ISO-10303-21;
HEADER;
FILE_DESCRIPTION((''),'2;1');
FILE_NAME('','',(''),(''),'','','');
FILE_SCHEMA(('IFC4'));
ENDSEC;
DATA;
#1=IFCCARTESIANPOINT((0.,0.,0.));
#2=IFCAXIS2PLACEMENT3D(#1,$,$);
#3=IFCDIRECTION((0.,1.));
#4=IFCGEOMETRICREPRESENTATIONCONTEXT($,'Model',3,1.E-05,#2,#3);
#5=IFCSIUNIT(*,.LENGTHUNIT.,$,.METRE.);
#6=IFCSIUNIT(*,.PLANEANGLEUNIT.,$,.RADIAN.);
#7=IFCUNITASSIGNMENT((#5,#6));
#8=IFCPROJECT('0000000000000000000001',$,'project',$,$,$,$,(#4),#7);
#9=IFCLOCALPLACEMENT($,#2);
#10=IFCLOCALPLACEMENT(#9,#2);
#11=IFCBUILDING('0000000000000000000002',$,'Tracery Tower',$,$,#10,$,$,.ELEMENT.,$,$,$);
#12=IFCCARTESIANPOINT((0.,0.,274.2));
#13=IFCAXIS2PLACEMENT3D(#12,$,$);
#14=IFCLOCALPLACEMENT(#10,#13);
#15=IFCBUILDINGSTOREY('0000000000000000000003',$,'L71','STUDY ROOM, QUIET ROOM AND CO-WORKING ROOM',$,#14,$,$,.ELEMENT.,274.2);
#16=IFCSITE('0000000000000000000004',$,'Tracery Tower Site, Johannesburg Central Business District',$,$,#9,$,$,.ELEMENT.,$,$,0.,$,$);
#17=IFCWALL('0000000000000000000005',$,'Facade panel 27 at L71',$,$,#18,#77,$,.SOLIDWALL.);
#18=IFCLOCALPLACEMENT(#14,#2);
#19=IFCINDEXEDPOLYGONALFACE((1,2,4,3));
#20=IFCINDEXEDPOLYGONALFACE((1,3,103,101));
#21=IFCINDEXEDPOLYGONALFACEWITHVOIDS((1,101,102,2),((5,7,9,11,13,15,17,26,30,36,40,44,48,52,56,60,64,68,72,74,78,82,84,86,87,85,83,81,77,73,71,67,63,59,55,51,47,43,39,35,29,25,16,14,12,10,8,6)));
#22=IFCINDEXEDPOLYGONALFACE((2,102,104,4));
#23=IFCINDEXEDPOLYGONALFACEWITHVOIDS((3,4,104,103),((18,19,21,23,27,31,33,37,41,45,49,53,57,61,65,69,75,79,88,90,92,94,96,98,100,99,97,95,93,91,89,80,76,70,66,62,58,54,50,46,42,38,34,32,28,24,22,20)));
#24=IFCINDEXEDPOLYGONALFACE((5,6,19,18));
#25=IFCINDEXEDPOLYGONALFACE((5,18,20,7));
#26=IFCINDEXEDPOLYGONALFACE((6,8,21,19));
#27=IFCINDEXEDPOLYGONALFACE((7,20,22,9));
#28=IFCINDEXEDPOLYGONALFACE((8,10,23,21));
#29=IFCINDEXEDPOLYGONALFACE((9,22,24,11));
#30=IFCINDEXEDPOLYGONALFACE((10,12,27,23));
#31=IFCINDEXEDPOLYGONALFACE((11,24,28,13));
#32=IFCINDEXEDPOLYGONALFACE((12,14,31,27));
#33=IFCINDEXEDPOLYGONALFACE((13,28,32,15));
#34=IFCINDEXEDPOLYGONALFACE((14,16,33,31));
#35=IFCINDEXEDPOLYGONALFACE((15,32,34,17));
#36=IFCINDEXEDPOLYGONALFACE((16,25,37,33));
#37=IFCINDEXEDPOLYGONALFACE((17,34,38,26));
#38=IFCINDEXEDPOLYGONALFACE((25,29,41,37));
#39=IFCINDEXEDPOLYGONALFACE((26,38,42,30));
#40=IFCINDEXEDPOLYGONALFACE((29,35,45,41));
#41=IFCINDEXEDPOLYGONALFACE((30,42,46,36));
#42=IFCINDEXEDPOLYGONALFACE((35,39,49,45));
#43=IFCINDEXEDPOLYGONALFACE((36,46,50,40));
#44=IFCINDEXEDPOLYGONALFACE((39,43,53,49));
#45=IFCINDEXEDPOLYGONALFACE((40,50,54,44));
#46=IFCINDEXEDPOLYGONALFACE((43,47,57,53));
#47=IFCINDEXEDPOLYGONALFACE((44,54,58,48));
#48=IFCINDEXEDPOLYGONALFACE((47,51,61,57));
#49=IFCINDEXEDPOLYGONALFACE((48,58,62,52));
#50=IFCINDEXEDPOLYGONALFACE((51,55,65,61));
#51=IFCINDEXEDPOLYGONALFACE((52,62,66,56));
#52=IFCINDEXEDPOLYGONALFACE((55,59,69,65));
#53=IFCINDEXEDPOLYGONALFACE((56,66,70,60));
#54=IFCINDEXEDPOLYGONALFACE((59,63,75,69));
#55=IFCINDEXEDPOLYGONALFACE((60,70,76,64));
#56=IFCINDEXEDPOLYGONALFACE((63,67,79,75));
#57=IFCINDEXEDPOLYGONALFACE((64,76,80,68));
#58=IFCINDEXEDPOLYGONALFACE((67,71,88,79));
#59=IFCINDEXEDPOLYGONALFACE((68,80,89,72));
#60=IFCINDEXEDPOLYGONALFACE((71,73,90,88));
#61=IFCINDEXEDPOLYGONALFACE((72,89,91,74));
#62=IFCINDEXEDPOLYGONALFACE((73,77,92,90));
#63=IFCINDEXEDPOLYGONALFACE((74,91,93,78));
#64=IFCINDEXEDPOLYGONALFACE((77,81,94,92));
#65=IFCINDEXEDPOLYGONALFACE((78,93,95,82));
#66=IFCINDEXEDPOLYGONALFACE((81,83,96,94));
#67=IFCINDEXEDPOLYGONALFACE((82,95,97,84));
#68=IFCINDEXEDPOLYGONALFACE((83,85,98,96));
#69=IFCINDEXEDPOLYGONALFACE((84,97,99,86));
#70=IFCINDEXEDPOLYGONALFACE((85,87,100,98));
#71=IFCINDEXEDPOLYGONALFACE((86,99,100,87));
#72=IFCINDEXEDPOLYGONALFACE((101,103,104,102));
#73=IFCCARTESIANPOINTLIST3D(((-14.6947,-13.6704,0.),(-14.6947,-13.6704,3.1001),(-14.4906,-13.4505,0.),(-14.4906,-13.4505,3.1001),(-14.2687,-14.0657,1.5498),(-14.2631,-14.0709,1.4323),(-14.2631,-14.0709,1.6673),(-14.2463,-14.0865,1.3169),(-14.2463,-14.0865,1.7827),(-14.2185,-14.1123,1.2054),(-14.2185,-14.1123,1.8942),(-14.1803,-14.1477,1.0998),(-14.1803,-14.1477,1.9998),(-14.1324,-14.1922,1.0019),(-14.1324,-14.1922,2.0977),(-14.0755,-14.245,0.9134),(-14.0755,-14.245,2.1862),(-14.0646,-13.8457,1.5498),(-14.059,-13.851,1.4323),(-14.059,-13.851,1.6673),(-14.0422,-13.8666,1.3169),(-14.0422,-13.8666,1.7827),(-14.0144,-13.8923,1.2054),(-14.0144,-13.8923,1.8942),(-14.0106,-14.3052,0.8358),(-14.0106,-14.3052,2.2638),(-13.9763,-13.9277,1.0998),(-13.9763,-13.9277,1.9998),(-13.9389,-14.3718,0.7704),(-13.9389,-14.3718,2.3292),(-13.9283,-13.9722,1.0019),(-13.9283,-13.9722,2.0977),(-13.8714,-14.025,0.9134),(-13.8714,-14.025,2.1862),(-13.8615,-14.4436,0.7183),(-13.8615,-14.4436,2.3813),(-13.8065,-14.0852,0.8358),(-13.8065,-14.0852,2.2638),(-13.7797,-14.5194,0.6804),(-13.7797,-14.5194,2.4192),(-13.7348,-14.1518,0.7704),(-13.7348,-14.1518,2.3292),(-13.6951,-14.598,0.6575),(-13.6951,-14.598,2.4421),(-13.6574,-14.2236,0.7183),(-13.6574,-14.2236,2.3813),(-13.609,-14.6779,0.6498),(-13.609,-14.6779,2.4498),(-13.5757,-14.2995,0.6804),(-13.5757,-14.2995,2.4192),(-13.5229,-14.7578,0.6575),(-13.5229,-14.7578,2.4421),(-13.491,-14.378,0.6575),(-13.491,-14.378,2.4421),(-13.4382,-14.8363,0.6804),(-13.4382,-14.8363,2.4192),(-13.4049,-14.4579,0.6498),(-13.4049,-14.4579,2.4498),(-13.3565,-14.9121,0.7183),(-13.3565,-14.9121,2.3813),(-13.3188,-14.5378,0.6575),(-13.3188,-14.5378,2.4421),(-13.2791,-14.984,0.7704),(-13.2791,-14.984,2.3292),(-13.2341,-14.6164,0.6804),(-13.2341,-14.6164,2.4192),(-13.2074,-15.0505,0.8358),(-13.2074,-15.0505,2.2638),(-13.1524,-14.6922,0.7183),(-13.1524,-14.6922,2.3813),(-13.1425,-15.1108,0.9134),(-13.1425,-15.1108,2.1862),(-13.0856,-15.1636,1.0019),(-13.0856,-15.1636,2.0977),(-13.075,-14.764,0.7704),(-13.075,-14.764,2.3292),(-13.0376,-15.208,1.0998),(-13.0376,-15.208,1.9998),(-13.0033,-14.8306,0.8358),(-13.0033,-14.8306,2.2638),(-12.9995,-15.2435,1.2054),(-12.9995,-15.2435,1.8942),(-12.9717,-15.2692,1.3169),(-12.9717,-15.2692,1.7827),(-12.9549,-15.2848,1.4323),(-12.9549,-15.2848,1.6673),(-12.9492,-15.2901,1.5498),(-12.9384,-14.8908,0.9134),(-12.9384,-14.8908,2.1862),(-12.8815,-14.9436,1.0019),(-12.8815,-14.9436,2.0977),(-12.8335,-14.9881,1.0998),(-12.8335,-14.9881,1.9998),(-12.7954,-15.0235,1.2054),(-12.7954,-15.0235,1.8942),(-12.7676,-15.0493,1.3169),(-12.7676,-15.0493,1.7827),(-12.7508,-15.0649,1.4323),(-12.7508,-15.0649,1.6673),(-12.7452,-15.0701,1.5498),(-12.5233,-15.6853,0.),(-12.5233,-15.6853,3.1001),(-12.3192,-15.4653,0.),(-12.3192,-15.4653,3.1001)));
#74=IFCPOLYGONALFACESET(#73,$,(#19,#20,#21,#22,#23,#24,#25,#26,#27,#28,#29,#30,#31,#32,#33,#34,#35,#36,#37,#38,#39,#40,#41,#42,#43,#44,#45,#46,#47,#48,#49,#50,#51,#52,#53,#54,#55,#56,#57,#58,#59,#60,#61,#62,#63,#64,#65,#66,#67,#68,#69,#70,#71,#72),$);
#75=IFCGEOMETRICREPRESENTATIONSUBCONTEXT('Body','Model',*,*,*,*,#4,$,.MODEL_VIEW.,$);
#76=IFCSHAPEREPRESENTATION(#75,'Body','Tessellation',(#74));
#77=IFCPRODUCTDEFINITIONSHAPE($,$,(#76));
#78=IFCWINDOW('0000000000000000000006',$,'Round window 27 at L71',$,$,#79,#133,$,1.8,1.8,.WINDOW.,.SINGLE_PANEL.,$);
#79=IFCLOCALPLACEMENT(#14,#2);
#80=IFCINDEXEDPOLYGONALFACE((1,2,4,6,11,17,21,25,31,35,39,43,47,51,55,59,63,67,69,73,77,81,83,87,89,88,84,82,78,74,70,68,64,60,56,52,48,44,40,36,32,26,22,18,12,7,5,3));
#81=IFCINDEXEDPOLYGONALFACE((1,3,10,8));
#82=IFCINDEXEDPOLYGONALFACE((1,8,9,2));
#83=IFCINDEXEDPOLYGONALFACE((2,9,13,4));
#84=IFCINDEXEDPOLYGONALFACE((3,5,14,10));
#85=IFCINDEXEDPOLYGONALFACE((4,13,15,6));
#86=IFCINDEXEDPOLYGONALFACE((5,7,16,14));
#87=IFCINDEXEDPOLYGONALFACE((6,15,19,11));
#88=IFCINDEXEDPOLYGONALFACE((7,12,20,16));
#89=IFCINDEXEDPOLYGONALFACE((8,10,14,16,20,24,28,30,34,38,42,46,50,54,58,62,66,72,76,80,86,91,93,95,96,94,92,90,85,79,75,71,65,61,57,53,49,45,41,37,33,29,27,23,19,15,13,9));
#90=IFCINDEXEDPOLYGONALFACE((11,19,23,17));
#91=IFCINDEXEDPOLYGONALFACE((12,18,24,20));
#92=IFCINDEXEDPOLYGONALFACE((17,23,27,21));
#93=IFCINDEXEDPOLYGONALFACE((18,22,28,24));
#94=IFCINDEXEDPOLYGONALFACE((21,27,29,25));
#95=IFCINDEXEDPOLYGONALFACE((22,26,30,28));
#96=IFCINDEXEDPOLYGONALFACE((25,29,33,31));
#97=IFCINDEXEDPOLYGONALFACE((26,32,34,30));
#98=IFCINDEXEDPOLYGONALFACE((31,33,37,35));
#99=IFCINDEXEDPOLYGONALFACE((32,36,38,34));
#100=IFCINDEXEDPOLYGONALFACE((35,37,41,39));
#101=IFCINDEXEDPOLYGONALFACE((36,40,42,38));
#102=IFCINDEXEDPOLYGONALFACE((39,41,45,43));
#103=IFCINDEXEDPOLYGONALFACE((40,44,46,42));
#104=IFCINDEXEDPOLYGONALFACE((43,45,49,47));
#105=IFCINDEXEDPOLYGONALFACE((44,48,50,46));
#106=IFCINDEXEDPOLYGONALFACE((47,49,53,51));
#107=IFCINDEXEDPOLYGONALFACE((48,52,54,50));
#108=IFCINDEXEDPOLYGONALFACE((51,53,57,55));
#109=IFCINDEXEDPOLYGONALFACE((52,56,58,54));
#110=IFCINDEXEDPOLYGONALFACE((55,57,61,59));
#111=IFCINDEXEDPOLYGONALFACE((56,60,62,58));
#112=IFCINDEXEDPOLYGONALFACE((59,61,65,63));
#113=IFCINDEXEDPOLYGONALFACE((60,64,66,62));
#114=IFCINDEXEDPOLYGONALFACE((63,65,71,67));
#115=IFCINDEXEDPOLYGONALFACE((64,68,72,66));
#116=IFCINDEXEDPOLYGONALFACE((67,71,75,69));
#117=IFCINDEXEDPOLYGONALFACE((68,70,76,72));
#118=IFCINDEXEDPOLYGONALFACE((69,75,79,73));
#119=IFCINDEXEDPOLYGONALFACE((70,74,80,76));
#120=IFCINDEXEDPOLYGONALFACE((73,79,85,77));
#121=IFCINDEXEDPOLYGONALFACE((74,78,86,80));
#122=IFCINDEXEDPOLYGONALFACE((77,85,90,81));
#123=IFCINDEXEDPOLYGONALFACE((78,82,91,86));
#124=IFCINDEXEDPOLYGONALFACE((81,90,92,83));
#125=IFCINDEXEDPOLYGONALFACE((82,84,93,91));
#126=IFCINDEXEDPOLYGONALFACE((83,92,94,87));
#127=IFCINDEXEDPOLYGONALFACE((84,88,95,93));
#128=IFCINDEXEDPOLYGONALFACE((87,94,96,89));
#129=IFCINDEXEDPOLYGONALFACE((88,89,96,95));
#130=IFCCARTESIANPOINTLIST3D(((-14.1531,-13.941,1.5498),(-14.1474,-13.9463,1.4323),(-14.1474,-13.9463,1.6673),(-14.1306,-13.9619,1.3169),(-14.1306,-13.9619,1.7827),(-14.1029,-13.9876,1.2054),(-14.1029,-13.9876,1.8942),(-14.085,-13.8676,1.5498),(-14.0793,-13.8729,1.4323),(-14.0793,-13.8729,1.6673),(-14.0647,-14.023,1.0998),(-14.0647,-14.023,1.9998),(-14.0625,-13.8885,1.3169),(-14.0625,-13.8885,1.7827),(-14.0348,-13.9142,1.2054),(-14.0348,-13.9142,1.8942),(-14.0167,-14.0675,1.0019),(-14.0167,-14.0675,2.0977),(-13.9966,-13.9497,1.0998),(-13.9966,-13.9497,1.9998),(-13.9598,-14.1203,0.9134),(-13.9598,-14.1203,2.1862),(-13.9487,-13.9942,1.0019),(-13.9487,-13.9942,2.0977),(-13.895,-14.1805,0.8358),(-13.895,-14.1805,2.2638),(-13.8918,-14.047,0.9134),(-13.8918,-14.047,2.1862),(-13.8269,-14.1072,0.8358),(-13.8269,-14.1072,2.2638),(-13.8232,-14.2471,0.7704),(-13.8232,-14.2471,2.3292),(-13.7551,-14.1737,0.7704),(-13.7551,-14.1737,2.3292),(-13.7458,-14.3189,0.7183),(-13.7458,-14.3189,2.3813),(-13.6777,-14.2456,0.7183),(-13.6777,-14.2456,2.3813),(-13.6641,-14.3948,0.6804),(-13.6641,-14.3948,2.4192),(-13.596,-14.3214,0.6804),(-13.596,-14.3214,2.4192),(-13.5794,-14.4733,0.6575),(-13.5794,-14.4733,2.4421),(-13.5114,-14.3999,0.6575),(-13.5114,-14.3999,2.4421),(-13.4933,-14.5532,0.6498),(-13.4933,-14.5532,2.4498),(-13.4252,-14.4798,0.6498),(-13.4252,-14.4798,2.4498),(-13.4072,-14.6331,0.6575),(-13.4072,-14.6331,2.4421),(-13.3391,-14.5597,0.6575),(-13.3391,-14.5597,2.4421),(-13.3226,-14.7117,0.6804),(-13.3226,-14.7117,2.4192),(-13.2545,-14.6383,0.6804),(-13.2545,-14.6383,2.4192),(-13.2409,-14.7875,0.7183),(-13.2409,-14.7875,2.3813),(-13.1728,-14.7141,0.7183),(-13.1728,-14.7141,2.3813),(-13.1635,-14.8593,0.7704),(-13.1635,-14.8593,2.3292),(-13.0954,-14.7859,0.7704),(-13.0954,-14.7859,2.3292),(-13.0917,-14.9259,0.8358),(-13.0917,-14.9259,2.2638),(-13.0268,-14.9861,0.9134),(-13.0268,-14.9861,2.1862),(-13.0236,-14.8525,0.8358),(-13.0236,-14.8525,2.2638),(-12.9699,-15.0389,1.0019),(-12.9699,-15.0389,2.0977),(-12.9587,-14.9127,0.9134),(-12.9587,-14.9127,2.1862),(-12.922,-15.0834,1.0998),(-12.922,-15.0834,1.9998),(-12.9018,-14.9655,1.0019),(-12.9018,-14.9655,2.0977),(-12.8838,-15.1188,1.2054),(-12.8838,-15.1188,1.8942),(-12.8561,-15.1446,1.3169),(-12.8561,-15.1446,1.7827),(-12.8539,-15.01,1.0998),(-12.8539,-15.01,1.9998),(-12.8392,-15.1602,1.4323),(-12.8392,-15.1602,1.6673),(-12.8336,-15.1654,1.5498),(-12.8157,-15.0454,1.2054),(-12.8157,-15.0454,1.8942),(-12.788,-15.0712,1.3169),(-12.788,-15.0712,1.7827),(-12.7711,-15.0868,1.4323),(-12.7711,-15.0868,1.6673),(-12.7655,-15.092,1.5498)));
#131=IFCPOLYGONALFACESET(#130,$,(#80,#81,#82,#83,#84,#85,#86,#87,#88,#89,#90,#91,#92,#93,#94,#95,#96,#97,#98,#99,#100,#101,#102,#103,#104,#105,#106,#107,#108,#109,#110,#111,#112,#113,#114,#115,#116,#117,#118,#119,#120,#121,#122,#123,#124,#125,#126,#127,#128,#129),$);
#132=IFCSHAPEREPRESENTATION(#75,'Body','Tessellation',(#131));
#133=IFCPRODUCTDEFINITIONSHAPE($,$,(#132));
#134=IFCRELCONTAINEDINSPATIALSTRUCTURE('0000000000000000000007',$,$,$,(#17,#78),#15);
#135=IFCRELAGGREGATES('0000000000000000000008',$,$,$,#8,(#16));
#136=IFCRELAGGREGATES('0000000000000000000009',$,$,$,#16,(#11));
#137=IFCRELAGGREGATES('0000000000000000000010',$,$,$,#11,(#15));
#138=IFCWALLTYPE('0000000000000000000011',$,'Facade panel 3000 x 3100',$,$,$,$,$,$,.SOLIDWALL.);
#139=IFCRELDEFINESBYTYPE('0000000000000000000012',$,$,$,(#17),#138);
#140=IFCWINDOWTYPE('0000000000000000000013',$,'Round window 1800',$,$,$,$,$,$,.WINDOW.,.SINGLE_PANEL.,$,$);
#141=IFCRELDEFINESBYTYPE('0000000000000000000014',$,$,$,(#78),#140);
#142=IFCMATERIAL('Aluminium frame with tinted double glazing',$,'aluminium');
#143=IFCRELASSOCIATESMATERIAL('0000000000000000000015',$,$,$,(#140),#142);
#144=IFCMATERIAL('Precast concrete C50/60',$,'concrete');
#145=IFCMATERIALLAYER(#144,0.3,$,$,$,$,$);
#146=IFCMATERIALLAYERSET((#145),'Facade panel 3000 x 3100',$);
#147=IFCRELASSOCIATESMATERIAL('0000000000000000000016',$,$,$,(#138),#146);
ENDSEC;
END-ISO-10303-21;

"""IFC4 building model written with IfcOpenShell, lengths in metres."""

from ifc_helpers import new_model, si_unit, direction, frame, frame_2d, origin, origin_2d, place, context, subcontext, project, spatial, rectangle, circle, extrude, material, layer, layer_set, type_object, element, fill, save


model = new_model("IFC4")

# Units and contexts
model_context = context("Model", 3, precision=1e-05, world=origin(), true_north=direction((0.0, 1.0)))
body_context = subcontext(model_context, "Body", "Model", "MODEL_VIEW")
ifc_project = project(units=[si_unit("LENGTHUNIT", "METRE"), si_unit("PLANEANGLEUNIT", "RADIAN")], contexts=[model_context])

# Site, building, storey
site_placement = place(None, origin())
site = spatial("IfcSite", under=ifc_project, at=site_placement, Name="Tracery Tower Site, Johannesburg Central Business District", CompositionType="ELEMENT", RefElevation=0.0)
building_placement = place(site_placement, origin())
building = spatial("IfcBuilding", under=site, at=building_placement, Name="Tracery Tower", CompositionType="ELEMENT")
storey_placement = place(building_placement, frame((0.0, 0.0, 274.2)))
storey = spatial("IfcBuildingStorey", under=building, at=storey_placement, Name="L71", Description="STUDY ROOM, QUIET ROOM AND CO-WORKING ROOM", CompositionType="ELEMENT", Elevation=274.2)

# Wall, opening, window
ifc_material_1 = material(Name="Aluminium frame with tinted double glazing", Category="aluminium")
window_type = type_object("IfcWindowType", Name="Round window 1800", PartitioningType="SINGLE_PANEL", PredefinedType="WINDOW", material=ifc_material_1)
ifc_material_2 = material(Name="Precast concrete C50/60", Category="concrete")
ifc_layer_1 = layer(ifc_material_2, 0.3)
ifc_layer_set_1 = layer_set([ifc_layer_1], Name="Facade panel 3000 x 3100")
wall_type_1 = type_object("IfcWallType", Name="Facade panel 3000 x 3100", PredefinedType="SOLIDWALL", material=ifc_layer_set_1)
wall_1_placement = place(storey_placement, frame((-14.5925, -13.5605, 0.0), z_axis=(0.0, 0.0, 1.0), x_axis=(0.733028, -0.680198, 0.0)))
wall_1 = element("IfcWall", 1, at=wall_1_placement, inside=storey, type_object=wall_type_1, Name="Facade panel 27 at L71", PredefinedType="SOLIDWALL", context=body_context, shape_type="SweptSolid", body=[
    extrude(rectangle(XDim=2.9622, YDim=0.3, at=frame_2d((1.481, 0.0))), origin(), (0.0, 0.0, 1.0), 3.1001),
])
opening_1_placement = place(wall_1_placement, frame((1.481, 0.0, 1.5498)))
opening_1 = element("IfcOpeningElement", 2, at=opening_1_placement, cuts=wall_1, PredefinedType="OPENING", context=body_context, shape_type="SweptSolid", body=[
    extrude(circle(Radius=0.9, at=origin_2d()), frame((0.0, 0.1599, 0.0), z_axis=(0.0, -1.0, 0.0), x_axis=(1.0, 0.0, 0.0)), (0.0, 0.0, 1.0), 0.3201),
])
window_1_placement = place(opening_1_placement, origin())
window_1 = element("IfcWindow", 3, at=window_1_placement, inside=storey, type_object=window_type, Name="Round window 27 at L71", OverallHeight=1.8, OverallWidth=1.8, PartitioningType="SINGLE_PANEL", PredefinedType="WINDOW", context=body_context, shape_type="SweptSolid", body=[
    extrude(circle(Radius=0.9, at=origin_2d()), frame((0.0, 0.1201, 0.0), z_axis=(0.0, -1.0, 0.0), x_axis=(1.0, 0.0, 0.0)), (0.0, 0.0, 1.0), 0.1001),
])
fill(opening_1, window_1)

save(model, "model.ifc")
